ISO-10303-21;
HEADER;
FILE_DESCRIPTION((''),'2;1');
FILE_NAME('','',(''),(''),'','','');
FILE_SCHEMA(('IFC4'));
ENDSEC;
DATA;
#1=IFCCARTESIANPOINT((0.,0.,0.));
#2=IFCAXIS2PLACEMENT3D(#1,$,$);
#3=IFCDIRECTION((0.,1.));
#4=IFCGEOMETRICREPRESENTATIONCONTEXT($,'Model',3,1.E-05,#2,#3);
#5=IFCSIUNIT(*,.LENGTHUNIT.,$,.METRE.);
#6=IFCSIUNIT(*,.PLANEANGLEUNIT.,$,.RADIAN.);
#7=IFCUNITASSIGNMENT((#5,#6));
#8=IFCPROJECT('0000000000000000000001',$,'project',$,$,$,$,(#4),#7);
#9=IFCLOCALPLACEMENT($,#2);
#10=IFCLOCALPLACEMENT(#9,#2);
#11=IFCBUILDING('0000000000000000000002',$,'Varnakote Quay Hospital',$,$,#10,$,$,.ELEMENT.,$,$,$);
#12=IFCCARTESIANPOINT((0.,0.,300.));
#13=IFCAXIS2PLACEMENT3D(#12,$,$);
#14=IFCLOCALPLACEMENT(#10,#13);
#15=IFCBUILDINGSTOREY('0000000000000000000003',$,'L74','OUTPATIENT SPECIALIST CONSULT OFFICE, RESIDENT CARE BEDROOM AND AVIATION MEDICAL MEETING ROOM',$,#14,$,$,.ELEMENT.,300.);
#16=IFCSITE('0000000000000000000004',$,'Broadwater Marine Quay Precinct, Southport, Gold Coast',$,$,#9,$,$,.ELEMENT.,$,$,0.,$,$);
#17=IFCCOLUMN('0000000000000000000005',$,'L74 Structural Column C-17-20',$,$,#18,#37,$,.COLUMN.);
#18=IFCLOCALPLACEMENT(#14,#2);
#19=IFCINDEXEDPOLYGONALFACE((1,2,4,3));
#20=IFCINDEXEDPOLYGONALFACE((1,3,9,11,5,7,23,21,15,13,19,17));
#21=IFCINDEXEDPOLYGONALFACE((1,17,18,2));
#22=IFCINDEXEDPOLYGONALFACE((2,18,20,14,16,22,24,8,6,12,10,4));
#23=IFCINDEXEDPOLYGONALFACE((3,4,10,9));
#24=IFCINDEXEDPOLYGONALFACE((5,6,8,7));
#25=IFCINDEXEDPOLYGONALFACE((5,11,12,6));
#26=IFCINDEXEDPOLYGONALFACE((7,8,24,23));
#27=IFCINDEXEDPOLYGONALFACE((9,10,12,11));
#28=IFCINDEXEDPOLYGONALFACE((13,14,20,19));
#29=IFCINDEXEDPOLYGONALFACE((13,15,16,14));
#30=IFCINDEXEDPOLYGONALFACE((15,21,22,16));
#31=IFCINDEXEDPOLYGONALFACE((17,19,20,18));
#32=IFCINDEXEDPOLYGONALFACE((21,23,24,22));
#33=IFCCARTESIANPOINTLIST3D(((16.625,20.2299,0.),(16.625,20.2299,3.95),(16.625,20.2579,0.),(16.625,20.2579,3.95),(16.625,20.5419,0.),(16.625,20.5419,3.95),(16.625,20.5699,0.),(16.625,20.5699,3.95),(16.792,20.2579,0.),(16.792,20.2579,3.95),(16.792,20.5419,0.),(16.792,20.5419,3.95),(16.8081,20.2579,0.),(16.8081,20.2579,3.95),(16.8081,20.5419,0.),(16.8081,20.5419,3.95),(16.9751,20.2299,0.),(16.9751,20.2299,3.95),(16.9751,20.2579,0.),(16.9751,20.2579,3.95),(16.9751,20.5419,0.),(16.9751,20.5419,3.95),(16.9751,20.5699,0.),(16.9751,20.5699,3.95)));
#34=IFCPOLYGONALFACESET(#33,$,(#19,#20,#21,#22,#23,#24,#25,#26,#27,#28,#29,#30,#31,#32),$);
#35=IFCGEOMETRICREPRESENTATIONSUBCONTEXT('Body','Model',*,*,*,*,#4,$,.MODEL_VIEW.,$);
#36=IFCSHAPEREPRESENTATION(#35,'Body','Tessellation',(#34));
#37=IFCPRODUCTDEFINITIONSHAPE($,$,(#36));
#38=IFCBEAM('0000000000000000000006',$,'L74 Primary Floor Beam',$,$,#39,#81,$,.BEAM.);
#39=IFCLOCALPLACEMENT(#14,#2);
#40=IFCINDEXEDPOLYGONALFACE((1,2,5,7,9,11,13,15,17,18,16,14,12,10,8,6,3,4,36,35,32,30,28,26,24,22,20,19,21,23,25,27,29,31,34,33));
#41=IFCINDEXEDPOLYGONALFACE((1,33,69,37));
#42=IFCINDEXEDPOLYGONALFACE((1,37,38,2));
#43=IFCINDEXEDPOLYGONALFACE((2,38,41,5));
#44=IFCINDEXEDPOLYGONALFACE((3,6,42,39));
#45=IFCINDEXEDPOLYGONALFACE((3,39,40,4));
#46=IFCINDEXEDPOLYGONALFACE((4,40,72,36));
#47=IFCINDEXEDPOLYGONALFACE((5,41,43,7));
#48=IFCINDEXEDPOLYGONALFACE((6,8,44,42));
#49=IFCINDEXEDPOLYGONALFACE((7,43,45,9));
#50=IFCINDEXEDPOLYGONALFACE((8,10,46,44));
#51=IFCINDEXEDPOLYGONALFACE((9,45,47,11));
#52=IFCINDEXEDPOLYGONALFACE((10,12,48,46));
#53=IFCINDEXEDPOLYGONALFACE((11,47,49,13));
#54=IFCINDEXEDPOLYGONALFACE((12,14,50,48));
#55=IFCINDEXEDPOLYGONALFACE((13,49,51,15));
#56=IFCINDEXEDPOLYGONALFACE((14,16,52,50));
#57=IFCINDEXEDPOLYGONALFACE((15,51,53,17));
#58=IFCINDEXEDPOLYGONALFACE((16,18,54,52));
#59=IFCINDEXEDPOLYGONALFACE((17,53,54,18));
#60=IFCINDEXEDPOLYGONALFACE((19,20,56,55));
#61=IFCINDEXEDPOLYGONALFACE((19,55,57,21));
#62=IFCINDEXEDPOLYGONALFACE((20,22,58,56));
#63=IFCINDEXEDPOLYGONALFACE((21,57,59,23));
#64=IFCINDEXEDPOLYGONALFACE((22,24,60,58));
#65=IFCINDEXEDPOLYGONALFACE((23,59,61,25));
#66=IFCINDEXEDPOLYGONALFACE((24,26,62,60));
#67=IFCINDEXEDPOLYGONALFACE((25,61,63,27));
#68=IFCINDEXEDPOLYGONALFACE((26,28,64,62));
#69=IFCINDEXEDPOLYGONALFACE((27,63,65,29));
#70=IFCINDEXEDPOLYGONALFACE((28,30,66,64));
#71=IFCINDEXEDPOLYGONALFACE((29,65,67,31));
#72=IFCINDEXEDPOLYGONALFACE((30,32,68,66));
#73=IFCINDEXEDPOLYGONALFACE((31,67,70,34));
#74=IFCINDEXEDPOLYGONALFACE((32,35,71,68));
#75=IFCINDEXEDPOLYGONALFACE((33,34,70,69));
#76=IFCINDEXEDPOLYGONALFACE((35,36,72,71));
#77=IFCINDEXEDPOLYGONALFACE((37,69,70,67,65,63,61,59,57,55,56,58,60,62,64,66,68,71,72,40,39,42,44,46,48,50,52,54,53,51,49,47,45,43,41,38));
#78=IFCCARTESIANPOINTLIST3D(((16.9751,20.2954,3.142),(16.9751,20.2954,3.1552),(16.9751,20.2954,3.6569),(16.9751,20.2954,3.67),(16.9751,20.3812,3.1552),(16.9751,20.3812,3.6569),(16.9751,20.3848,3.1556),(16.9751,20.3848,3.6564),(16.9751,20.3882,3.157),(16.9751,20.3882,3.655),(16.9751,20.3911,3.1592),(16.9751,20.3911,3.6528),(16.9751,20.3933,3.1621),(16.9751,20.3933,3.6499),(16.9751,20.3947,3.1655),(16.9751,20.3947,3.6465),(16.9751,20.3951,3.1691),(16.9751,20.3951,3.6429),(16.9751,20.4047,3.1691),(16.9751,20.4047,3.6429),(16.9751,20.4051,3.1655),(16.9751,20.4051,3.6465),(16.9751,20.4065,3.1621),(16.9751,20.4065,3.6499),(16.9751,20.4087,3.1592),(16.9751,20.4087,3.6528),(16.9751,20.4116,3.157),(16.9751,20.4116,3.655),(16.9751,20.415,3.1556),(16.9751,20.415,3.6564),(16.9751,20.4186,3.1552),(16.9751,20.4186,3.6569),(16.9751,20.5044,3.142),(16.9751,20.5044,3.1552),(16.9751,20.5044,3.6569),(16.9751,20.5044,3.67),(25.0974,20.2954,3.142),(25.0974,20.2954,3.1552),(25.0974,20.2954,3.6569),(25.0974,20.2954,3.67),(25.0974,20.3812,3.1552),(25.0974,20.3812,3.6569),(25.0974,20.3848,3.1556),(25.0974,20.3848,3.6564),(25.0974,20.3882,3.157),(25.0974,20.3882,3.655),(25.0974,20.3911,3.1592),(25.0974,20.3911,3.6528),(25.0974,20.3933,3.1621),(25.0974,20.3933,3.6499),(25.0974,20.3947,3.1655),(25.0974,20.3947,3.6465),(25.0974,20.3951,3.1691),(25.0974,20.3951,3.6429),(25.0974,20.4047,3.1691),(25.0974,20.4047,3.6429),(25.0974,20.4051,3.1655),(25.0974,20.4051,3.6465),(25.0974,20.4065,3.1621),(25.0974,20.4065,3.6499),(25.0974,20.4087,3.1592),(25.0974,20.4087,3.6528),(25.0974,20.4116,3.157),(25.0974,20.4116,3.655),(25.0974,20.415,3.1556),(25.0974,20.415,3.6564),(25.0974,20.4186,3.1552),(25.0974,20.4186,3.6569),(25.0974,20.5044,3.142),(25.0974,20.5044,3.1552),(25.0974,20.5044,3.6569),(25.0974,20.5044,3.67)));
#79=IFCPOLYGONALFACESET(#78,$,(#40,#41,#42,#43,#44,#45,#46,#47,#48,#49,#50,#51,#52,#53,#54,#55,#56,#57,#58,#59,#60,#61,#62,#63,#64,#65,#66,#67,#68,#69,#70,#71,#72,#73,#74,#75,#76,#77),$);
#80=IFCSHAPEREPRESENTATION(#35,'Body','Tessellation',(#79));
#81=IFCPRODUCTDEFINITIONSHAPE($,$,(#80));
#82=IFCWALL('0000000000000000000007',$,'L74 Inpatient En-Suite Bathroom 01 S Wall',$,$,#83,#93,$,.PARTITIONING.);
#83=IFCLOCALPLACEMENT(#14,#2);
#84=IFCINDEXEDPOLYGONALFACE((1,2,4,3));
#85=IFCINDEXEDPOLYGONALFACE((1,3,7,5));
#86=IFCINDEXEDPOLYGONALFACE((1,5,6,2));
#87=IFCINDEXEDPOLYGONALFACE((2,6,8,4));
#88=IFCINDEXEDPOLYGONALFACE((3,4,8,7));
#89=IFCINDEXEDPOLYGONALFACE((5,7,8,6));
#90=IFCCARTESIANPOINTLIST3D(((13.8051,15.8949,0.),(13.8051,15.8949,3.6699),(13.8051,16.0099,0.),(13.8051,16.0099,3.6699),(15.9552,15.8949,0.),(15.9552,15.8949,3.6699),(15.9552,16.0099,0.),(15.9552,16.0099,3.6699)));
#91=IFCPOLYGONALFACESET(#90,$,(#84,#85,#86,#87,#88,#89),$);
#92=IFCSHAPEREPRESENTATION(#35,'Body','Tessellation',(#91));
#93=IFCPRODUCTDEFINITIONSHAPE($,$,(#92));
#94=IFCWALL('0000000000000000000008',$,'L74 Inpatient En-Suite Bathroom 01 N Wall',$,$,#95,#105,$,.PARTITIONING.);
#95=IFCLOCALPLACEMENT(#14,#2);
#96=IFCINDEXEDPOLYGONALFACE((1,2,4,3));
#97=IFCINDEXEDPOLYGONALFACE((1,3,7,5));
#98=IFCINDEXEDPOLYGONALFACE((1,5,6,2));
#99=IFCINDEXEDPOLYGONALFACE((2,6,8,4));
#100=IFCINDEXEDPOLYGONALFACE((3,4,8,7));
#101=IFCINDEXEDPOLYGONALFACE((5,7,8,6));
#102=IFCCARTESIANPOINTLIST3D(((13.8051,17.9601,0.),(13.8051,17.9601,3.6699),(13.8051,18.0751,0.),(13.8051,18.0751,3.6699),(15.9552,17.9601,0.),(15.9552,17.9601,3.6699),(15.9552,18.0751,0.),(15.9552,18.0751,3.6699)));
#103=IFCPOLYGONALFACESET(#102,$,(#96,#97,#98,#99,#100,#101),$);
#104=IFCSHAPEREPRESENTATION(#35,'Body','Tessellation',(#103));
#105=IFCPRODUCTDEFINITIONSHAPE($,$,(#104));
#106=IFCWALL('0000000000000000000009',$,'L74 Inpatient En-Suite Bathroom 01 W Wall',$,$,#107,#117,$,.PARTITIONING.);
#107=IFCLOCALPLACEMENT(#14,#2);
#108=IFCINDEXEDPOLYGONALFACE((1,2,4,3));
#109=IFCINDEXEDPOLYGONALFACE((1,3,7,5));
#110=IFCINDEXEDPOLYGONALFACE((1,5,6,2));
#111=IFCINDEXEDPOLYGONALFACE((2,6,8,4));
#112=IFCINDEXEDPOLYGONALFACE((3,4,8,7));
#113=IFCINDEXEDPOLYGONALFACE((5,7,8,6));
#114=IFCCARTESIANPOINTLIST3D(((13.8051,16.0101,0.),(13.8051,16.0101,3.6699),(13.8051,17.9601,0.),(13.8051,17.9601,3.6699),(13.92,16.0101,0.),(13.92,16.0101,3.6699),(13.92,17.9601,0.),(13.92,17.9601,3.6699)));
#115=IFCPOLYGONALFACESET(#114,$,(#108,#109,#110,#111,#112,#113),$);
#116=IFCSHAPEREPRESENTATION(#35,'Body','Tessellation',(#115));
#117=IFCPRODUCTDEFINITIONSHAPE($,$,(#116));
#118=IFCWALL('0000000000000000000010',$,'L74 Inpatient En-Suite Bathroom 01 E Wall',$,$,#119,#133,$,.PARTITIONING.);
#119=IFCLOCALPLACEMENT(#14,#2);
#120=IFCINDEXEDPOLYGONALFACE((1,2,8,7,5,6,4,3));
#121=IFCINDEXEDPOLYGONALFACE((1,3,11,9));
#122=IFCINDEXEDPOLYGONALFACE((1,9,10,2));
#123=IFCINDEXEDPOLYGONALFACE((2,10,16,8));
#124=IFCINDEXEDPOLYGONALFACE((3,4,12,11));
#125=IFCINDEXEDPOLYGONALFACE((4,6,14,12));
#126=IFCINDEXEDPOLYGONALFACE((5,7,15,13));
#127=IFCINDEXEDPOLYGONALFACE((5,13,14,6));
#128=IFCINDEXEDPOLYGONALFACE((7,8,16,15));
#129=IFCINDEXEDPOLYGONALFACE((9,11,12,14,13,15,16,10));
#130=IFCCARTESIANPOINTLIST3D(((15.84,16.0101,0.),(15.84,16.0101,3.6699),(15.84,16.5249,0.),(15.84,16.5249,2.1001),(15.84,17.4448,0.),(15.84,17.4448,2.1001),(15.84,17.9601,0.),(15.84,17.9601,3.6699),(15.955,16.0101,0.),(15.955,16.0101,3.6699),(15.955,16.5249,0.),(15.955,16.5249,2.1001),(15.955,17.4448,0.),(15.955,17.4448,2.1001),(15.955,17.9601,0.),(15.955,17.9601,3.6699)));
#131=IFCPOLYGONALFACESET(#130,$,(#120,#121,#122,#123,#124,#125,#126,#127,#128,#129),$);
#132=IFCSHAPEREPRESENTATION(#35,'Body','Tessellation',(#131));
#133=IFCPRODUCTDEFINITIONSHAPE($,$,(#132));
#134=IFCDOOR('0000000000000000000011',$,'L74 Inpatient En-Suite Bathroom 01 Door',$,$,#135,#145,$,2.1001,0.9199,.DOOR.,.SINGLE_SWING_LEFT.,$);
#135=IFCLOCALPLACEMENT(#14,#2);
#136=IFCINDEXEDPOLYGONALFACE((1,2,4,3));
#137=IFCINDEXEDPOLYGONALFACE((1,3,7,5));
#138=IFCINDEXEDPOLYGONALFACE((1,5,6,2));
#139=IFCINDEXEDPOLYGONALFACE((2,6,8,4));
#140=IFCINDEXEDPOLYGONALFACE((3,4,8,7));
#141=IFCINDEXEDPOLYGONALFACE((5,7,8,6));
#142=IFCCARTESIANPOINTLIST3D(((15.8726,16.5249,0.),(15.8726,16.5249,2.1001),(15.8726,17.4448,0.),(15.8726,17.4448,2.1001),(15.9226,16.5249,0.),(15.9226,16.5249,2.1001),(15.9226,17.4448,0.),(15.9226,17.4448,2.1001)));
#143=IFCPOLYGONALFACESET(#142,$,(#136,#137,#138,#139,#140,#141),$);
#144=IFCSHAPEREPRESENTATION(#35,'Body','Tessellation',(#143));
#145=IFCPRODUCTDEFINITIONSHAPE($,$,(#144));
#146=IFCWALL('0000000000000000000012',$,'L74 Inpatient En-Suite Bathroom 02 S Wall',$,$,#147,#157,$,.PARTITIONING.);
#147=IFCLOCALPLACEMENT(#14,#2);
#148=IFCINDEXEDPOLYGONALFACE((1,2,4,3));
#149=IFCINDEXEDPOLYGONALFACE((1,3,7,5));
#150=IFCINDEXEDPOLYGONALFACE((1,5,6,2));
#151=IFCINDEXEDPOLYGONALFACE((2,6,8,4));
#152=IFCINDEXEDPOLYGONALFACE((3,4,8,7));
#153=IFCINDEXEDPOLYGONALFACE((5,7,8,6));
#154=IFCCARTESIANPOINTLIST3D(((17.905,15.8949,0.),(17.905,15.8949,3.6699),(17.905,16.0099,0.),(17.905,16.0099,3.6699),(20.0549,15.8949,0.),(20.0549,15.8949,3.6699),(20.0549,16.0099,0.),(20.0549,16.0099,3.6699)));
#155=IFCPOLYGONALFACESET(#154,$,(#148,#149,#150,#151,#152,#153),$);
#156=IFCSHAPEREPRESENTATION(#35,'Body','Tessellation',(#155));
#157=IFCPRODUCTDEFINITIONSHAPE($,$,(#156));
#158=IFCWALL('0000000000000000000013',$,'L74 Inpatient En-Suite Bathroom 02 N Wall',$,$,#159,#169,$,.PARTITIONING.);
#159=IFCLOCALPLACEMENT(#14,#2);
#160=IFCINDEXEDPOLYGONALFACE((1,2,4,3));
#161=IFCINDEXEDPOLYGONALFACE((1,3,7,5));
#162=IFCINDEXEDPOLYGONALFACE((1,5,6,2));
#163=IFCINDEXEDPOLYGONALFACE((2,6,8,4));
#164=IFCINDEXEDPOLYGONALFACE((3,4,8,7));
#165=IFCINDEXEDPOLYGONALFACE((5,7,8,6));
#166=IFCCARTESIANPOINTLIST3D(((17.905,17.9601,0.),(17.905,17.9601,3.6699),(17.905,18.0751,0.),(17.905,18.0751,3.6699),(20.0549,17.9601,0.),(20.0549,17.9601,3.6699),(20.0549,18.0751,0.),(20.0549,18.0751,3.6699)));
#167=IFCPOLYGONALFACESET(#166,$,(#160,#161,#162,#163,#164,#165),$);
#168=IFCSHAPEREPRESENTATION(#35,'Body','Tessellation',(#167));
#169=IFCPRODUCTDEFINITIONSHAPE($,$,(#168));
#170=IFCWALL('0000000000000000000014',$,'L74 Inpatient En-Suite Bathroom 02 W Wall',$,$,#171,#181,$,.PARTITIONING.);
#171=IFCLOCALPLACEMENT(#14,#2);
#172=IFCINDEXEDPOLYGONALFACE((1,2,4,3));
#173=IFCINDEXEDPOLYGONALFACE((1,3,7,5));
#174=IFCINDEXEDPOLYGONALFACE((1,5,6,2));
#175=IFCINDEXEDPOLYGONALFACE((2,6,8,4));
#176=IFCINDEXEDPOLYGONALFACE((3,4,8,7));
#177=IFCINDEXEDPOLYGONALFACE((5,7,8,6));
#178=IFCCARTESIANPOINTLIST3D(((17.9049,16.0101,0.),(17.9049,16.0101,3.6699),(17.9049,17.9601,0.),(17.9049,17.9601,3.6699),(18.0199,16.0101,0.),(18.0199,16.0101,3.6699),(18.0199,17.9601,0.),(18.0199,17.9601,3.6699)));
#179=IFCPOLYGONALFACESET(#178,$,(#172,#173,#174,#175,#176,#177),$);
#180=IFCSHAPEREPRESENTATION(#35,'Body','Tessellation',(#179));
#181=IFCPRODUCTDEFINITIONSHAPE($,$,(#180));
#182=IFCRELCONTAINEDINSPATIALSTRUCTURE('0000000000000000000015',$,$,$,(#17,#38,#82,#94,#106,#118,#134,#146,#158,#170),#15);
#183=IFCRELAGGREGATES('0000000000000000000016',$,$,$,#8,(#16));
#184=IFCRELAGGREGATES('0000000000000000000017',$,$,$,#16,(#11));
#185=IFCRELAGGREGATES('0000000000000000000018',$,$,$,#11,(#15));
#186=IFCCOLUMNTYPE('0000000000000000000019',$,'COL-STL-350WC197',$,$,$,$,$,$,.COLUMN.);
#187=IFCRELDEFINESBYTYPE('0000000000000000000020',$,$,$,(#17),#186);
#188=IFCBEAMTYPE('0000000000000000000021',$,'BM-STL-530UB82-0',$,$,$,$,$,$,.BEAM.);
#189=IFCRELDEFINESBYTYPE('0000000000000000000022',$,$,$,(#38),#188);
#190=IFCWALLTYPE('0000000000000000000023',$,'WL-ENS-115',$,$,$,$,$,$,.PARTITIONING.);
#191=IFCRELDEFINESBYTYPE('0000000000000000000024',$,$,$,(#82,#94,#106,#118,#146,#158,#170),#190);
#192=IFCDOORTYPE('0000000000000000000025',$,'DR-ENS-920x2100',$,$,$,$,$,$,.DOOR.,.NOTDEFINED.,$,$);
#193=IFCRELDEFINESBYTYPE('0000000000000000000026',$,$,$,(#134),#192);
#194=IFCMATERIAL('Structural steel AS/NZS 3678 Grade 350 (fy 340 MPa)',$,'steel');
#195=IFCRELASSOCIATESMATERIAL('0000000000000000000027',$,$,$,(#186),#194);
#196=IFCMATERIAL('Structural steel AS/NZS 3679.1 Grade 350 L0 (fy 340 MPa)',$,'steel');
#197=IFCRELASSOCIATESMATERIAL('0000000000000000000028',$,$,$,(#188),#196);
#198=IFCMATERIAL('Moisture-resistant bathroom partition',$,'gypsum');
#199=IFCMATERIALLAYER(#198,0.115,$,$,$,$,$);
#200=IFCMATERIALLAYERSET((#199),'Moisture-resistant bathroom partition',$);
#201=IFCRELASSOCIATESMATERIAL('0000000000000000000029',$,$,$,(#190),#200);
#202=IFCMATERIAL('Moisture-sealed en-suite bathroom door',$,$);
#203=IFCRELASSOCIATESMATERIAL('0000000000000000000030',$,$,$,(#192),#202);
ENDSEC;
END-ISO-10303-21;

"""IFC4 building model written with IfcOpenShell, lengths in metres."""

from ifc_helpers import new_model, si_unit, direction, frame, frame_2d, origin, origin_2d, place, context, subcontext, project, spatial, rectangle, i_section, extrude, material, layer, layer_set, material_profile, profile_set, type_object, element, fill, save


model = new_model("IFC4")

# Units and contexts
model_context = context("Model", 3, precision=1e-05, world=origin(), true_north=direction((0.0, 1.0)))
body_context = subcontext(model_context, "Body", "Model", "MODEL_VIEW")
ifc_project = project(units=[si_unit("LENGTHUNIT", "METRE"), si_unit("PLANEANGLEUNIT", "RADIAN")], contexts=[model_context])

# Site, building, storey
site_placement = place(None, origin())
site = spatial("IfcSite", under=ifc_project, at=site_placement, Name="Broadwater Marine Quay Precinct, Southport, Gold Coast", CompositionType="ELEMENT", RefElevation=0.0)
building_placement = place(site_placement, origin())
building = spatial("IfcBuilding", under=site, at=building_placement, Name="Varnakote Quay Hospital", CompositionType="ELEMENT")
storey_placement = place(building_placement, frame((0.0, 0.0, 300.0)))
storey = spatial("IfcBuildingStorey", under=building, at=storey_placement, Name="L74", Description="OUTPATIENT SPECIALIST CONSULT OFFICE, RESIDENT CARE BEDROOM AND AVIATION MEDICAL MEETING ROOM", CompositionType="ELEMENT", Elevation=300.0)

# Column
ifc_material_1 = material(Name="Structural steel AS/NZS 3678 Grade 350 (fy 340 MPa)", Category="steel")
ifc_material_profile_1 = material_profile(ifc_material_1, i_section(OverallWidth=0.3501, OverallDepth=0.3401, WebThickness=0.0161, FlangeThickness=0.0281, at=origin_2d()), Name="350WC197")
ifc_profile_set_1 = profile_set([ifc_material_profile_1], Name="Structural steel AS/NZS 3678 Grade 350 (fy 340 MPa)")
column_type = type_object("IfcColumnType", Name="COL-STL-350WC197", PredefinedType="COLUMN", material=ifc_profile_set_1)
column_placement = place(storey_placement, frame((16.8, 20.3999, 0.0), z_axis=(0.0, 0.0, 1.0), x_axis=(1.0, 0.0, 0.0)))
element("IfcColumn", 1, at=column_placement, inside=storey, type_object=column_type, Name="L74 Structural Column C-17-20", PredefinedType="COLUMN", context=body_context, shape_type="SweptSolid", body=[
    extrude(i_section(OverallWidth=0.3501, OverallDepth=0.3401, WebThickness=0.0161, FlangeThickness=0.0281, at=origin_2d()), origin(), (0.0, 0.0, 1.0), 3.95),
])

# Beam
ifc_material_2 = material(Name="Structural steel AS/NZS 3679.1 Grade 350 L0 (fy 340 MPa)", Category="steel")
ifc_material_profile_2 = material_profile(ifc_material_2, i_section(OverallWidth=0.209, OverallDepth=0.5281, WebThickness=0.0095, FlangeThickness=0.0132, FilletRadius=0.0139, at=origin_2d()), Name="530UB82.0")
ifc_profile_set_2 = profile_set([ifc_material_profile_2], Name="Structural steel AS/NZS 3679.1 Grade 350 L0 (fy 340 MPa)")
beam_type = type_object("IfcBeamType", Name="BM-STL-530UB82-0", PredefinedType="BEAM", material=ifc_profile_set_2)
beam_placement = place(storey_placement, frame((16.9751, 20.3999, 3.406), z_axis=(1.0, 0.0, 0.0), x_axis=(0.0, 1.0, 0.0)))
element("IfcBeam", 2, at=beam_placement, inside=storey, type_object=beam_type, Name="L74 Primary Floor Beam", PredefinedType="BEAM", context=body_context, shape_type="SweptSolid", body=[
    extrude(i_section(OverallWidth=0.209, OverallDepth=0.5281, WebThickness=0.0095, FlangeThickness=0.0132, FilletRadius=0.0139, at=origin_2d()), origin(), (0.0, 0.0, 1.0), 8.1223),
])

# Walls
ifc_material_3 = material(Name="Moisture-resistant bathroom partition", Category="gypsum")
ifc_layer_1 = layer(ifc_material_3, 0.115)
ifc_layer_set_1 = layer_set([ifc_layer_1], Name="Moisture-resistant bathroom partition")
wall_type_1 = type_object("IfcWallType", Name="WL-ENS-115", PredefinedType="PARTITIONING", material=ifc_layer_set_1)
for number, where, z_axis, x_axis, name in (
    (3, (13.8049, 15.9524, 0.0), (0.0, 0.0, 1.0), (1.0, 0.0, 0.0), "L74 Inpatient En-Suite Bathroom 01 S Wall"),
    (4, (13.8049, 18.0176, 0.0), (0.0, 0.0, 1.0), (1.0, 0.0, 0.0), "L74 Inpatient En-Suite Bathroom 01 N Wall"),
):
    element("IfcWall", number, at=place(storey_placement, frame(where, z_axis=z_axis, x_axis=x_axis)), inside=storey, type_object=wall_type_1, Name=name, PredefinedType="PARTITIONING", context=body_context, shape_type="SweptSolid", body=[
        extrude(rectangle(XDim=2.1501, YDim=0.115, at=frame_2d((1.0752, 0.0))), origin(), (0.0, 0.0, 1.0), 3.6699),
    ])
wall_1_placement = place(storey_placement, frame((13.8625, 16.01, 0.0), z_axis=(0.0, 0.0, 1.0), x_axis=(0.0, 1.0, 0.0)))
element("IfcWall", 5, at=wall_1_placement, inside=storey, type_object=wall_type_1, Name="L74 Inpatient En-Suite Bathroom 01 W Wall", PredefinedType="PARTITIONING", context=body_context, shape_type="SweptSolid", body=[
    extrude(rectangle(XDim=1.95, YDim=0.115, at=frame_2d((0.9751, 0.0))), origin(), (0.0, 0.0, 1.0), 3.6699),
])

# Wall, opening, door
wall_2_placement = place(storey_placement, frame((15.8975, 16.01, 0.0), z_axis=(0.0, 0.0, 1.0), x_axis=(0.0, 1.0, 0.0)))
wall_2 = element("IfcWall", 6, at=wall_2_placement, inside=storey, type_object=wall_type_1, Name="L74 Inpatient En-Suite Bathroom 01 E Wall", PredefinedType="PARTITIONING", context=body_context, shape_type="SweptSolid", body=[
    extrude(rectangle(XDim=1.95, YDim=0.115, at=frame_2d((0.9751, 0.0))), origin(), (0.0, 0.0, 1.0), 3.6699),
])
opening_1_placement = place(wall_2_placement, frame((0.5149, 0.0, 0.0)))
opening_1 = element("IfcOpeningElement", 7, at=opening_1_placement, cuts=wall_2, PredefinedType="OPENING", context=body_context, shape_type="SweptSolid", body=[
    extrude(rectangle(XDim=0.9199, YDim=2.1001, at=frame_2d((0.46, 1.05))), frame((0.0, 0.0674, 0.0), z_axis=(0.0, -1.0, 0.0), x_axis=(1.0, 0.0, 0.0)), (0.0, 0.0, 1.0), 0.135),
])
ifc_material_4 = material(Name="Moisture-sealed en-suite bathroom door")
door_type_1 = type_object("IfcDoorType", Name="DR-ENS-920x2100", OperationType="NOTDEFINED", PredefinedType="DOOR", material=ifc_material_4)
door_1_placement = place(opening_1_placement, origin())
door_1 = element("IfcDoor", 8, at=door_1_placement, inside=storey, type_object=door_type_1, Name="L74 Inpatient En-Suite Bathroom 01 Door", OperationType="SINGLE_SWING_LEFT", OverallHeight=2.1001, OverallWidth=0.9199, PredefinedType="DOOR", context=body_context, shape_type="SweptSolid", body=[
    extrude(rectangle(XDim=0.9199, YDim=2.1001, at=frame_2d((0.46, 1.05))), frame((0.0, 0.0249, 0.0), z_axis=(0.0, -1.0, 0.0), x_axis=(1.0, 0.0, 0.0)), (0.0, 0.0, 1.0), 0.05),
])
fill(opening_1, door_1)

# Walls
for number, where, z_axis, x_axis, name in (
    (9, (17.905, 15.9524, 0.0), (0.0, 0.0, 1.0), (1.0, 0.0, 0.0), "L74 Inpatient En-Suite Bathroom 02 S Wall"),
    (10, (17.905, 18.0176, 0.0), (0.0, 0.0, 1.0), (1.0, 0.0, 0.0), "L74 Inpatient En-Suite Bathroom 02 N Wall"),
):
    element("IfcWall", number, at=place(storey_placement, frame(where, z_axis=z_axis, x_axis=x_axis)), inside=storey, type_object=wall_type_1, Name=name, PredefinedType="PARTITIONING", context=body_context, shape_type="SweptSolid", body=[
        extrude(rectangle(XDim=2.1499, YDim=0.115, at=frame_2d((1.075, 0.0))), origin(), (0.0, 0.0, 1.0), 3.6699),
    ])
wall_3_placement = place(storey_placement, frame((17.9624, 16.01, 0.0), z_axis=(0.0, 0.0, 1.0), x_axis=(0.0, 1.0, 0.0)))
element("IfcWall", 11, at=wall_3_placement, inside=storey, type_object=wall_type_1, Name="L74 Inpatient En-Suite Bathroom 02 W Wall", PredefinedType="PARTITIONING", context=body_context, shape_type="SweptSolid", body=[
    extrude(rectangle(XDim=1.95, YDim=0.115, at=frame_2d((0.9751, 0.0))), origin(), (0.0, 0.0, 1.0), 3.6699),
])

save(model, "model.ifc")
